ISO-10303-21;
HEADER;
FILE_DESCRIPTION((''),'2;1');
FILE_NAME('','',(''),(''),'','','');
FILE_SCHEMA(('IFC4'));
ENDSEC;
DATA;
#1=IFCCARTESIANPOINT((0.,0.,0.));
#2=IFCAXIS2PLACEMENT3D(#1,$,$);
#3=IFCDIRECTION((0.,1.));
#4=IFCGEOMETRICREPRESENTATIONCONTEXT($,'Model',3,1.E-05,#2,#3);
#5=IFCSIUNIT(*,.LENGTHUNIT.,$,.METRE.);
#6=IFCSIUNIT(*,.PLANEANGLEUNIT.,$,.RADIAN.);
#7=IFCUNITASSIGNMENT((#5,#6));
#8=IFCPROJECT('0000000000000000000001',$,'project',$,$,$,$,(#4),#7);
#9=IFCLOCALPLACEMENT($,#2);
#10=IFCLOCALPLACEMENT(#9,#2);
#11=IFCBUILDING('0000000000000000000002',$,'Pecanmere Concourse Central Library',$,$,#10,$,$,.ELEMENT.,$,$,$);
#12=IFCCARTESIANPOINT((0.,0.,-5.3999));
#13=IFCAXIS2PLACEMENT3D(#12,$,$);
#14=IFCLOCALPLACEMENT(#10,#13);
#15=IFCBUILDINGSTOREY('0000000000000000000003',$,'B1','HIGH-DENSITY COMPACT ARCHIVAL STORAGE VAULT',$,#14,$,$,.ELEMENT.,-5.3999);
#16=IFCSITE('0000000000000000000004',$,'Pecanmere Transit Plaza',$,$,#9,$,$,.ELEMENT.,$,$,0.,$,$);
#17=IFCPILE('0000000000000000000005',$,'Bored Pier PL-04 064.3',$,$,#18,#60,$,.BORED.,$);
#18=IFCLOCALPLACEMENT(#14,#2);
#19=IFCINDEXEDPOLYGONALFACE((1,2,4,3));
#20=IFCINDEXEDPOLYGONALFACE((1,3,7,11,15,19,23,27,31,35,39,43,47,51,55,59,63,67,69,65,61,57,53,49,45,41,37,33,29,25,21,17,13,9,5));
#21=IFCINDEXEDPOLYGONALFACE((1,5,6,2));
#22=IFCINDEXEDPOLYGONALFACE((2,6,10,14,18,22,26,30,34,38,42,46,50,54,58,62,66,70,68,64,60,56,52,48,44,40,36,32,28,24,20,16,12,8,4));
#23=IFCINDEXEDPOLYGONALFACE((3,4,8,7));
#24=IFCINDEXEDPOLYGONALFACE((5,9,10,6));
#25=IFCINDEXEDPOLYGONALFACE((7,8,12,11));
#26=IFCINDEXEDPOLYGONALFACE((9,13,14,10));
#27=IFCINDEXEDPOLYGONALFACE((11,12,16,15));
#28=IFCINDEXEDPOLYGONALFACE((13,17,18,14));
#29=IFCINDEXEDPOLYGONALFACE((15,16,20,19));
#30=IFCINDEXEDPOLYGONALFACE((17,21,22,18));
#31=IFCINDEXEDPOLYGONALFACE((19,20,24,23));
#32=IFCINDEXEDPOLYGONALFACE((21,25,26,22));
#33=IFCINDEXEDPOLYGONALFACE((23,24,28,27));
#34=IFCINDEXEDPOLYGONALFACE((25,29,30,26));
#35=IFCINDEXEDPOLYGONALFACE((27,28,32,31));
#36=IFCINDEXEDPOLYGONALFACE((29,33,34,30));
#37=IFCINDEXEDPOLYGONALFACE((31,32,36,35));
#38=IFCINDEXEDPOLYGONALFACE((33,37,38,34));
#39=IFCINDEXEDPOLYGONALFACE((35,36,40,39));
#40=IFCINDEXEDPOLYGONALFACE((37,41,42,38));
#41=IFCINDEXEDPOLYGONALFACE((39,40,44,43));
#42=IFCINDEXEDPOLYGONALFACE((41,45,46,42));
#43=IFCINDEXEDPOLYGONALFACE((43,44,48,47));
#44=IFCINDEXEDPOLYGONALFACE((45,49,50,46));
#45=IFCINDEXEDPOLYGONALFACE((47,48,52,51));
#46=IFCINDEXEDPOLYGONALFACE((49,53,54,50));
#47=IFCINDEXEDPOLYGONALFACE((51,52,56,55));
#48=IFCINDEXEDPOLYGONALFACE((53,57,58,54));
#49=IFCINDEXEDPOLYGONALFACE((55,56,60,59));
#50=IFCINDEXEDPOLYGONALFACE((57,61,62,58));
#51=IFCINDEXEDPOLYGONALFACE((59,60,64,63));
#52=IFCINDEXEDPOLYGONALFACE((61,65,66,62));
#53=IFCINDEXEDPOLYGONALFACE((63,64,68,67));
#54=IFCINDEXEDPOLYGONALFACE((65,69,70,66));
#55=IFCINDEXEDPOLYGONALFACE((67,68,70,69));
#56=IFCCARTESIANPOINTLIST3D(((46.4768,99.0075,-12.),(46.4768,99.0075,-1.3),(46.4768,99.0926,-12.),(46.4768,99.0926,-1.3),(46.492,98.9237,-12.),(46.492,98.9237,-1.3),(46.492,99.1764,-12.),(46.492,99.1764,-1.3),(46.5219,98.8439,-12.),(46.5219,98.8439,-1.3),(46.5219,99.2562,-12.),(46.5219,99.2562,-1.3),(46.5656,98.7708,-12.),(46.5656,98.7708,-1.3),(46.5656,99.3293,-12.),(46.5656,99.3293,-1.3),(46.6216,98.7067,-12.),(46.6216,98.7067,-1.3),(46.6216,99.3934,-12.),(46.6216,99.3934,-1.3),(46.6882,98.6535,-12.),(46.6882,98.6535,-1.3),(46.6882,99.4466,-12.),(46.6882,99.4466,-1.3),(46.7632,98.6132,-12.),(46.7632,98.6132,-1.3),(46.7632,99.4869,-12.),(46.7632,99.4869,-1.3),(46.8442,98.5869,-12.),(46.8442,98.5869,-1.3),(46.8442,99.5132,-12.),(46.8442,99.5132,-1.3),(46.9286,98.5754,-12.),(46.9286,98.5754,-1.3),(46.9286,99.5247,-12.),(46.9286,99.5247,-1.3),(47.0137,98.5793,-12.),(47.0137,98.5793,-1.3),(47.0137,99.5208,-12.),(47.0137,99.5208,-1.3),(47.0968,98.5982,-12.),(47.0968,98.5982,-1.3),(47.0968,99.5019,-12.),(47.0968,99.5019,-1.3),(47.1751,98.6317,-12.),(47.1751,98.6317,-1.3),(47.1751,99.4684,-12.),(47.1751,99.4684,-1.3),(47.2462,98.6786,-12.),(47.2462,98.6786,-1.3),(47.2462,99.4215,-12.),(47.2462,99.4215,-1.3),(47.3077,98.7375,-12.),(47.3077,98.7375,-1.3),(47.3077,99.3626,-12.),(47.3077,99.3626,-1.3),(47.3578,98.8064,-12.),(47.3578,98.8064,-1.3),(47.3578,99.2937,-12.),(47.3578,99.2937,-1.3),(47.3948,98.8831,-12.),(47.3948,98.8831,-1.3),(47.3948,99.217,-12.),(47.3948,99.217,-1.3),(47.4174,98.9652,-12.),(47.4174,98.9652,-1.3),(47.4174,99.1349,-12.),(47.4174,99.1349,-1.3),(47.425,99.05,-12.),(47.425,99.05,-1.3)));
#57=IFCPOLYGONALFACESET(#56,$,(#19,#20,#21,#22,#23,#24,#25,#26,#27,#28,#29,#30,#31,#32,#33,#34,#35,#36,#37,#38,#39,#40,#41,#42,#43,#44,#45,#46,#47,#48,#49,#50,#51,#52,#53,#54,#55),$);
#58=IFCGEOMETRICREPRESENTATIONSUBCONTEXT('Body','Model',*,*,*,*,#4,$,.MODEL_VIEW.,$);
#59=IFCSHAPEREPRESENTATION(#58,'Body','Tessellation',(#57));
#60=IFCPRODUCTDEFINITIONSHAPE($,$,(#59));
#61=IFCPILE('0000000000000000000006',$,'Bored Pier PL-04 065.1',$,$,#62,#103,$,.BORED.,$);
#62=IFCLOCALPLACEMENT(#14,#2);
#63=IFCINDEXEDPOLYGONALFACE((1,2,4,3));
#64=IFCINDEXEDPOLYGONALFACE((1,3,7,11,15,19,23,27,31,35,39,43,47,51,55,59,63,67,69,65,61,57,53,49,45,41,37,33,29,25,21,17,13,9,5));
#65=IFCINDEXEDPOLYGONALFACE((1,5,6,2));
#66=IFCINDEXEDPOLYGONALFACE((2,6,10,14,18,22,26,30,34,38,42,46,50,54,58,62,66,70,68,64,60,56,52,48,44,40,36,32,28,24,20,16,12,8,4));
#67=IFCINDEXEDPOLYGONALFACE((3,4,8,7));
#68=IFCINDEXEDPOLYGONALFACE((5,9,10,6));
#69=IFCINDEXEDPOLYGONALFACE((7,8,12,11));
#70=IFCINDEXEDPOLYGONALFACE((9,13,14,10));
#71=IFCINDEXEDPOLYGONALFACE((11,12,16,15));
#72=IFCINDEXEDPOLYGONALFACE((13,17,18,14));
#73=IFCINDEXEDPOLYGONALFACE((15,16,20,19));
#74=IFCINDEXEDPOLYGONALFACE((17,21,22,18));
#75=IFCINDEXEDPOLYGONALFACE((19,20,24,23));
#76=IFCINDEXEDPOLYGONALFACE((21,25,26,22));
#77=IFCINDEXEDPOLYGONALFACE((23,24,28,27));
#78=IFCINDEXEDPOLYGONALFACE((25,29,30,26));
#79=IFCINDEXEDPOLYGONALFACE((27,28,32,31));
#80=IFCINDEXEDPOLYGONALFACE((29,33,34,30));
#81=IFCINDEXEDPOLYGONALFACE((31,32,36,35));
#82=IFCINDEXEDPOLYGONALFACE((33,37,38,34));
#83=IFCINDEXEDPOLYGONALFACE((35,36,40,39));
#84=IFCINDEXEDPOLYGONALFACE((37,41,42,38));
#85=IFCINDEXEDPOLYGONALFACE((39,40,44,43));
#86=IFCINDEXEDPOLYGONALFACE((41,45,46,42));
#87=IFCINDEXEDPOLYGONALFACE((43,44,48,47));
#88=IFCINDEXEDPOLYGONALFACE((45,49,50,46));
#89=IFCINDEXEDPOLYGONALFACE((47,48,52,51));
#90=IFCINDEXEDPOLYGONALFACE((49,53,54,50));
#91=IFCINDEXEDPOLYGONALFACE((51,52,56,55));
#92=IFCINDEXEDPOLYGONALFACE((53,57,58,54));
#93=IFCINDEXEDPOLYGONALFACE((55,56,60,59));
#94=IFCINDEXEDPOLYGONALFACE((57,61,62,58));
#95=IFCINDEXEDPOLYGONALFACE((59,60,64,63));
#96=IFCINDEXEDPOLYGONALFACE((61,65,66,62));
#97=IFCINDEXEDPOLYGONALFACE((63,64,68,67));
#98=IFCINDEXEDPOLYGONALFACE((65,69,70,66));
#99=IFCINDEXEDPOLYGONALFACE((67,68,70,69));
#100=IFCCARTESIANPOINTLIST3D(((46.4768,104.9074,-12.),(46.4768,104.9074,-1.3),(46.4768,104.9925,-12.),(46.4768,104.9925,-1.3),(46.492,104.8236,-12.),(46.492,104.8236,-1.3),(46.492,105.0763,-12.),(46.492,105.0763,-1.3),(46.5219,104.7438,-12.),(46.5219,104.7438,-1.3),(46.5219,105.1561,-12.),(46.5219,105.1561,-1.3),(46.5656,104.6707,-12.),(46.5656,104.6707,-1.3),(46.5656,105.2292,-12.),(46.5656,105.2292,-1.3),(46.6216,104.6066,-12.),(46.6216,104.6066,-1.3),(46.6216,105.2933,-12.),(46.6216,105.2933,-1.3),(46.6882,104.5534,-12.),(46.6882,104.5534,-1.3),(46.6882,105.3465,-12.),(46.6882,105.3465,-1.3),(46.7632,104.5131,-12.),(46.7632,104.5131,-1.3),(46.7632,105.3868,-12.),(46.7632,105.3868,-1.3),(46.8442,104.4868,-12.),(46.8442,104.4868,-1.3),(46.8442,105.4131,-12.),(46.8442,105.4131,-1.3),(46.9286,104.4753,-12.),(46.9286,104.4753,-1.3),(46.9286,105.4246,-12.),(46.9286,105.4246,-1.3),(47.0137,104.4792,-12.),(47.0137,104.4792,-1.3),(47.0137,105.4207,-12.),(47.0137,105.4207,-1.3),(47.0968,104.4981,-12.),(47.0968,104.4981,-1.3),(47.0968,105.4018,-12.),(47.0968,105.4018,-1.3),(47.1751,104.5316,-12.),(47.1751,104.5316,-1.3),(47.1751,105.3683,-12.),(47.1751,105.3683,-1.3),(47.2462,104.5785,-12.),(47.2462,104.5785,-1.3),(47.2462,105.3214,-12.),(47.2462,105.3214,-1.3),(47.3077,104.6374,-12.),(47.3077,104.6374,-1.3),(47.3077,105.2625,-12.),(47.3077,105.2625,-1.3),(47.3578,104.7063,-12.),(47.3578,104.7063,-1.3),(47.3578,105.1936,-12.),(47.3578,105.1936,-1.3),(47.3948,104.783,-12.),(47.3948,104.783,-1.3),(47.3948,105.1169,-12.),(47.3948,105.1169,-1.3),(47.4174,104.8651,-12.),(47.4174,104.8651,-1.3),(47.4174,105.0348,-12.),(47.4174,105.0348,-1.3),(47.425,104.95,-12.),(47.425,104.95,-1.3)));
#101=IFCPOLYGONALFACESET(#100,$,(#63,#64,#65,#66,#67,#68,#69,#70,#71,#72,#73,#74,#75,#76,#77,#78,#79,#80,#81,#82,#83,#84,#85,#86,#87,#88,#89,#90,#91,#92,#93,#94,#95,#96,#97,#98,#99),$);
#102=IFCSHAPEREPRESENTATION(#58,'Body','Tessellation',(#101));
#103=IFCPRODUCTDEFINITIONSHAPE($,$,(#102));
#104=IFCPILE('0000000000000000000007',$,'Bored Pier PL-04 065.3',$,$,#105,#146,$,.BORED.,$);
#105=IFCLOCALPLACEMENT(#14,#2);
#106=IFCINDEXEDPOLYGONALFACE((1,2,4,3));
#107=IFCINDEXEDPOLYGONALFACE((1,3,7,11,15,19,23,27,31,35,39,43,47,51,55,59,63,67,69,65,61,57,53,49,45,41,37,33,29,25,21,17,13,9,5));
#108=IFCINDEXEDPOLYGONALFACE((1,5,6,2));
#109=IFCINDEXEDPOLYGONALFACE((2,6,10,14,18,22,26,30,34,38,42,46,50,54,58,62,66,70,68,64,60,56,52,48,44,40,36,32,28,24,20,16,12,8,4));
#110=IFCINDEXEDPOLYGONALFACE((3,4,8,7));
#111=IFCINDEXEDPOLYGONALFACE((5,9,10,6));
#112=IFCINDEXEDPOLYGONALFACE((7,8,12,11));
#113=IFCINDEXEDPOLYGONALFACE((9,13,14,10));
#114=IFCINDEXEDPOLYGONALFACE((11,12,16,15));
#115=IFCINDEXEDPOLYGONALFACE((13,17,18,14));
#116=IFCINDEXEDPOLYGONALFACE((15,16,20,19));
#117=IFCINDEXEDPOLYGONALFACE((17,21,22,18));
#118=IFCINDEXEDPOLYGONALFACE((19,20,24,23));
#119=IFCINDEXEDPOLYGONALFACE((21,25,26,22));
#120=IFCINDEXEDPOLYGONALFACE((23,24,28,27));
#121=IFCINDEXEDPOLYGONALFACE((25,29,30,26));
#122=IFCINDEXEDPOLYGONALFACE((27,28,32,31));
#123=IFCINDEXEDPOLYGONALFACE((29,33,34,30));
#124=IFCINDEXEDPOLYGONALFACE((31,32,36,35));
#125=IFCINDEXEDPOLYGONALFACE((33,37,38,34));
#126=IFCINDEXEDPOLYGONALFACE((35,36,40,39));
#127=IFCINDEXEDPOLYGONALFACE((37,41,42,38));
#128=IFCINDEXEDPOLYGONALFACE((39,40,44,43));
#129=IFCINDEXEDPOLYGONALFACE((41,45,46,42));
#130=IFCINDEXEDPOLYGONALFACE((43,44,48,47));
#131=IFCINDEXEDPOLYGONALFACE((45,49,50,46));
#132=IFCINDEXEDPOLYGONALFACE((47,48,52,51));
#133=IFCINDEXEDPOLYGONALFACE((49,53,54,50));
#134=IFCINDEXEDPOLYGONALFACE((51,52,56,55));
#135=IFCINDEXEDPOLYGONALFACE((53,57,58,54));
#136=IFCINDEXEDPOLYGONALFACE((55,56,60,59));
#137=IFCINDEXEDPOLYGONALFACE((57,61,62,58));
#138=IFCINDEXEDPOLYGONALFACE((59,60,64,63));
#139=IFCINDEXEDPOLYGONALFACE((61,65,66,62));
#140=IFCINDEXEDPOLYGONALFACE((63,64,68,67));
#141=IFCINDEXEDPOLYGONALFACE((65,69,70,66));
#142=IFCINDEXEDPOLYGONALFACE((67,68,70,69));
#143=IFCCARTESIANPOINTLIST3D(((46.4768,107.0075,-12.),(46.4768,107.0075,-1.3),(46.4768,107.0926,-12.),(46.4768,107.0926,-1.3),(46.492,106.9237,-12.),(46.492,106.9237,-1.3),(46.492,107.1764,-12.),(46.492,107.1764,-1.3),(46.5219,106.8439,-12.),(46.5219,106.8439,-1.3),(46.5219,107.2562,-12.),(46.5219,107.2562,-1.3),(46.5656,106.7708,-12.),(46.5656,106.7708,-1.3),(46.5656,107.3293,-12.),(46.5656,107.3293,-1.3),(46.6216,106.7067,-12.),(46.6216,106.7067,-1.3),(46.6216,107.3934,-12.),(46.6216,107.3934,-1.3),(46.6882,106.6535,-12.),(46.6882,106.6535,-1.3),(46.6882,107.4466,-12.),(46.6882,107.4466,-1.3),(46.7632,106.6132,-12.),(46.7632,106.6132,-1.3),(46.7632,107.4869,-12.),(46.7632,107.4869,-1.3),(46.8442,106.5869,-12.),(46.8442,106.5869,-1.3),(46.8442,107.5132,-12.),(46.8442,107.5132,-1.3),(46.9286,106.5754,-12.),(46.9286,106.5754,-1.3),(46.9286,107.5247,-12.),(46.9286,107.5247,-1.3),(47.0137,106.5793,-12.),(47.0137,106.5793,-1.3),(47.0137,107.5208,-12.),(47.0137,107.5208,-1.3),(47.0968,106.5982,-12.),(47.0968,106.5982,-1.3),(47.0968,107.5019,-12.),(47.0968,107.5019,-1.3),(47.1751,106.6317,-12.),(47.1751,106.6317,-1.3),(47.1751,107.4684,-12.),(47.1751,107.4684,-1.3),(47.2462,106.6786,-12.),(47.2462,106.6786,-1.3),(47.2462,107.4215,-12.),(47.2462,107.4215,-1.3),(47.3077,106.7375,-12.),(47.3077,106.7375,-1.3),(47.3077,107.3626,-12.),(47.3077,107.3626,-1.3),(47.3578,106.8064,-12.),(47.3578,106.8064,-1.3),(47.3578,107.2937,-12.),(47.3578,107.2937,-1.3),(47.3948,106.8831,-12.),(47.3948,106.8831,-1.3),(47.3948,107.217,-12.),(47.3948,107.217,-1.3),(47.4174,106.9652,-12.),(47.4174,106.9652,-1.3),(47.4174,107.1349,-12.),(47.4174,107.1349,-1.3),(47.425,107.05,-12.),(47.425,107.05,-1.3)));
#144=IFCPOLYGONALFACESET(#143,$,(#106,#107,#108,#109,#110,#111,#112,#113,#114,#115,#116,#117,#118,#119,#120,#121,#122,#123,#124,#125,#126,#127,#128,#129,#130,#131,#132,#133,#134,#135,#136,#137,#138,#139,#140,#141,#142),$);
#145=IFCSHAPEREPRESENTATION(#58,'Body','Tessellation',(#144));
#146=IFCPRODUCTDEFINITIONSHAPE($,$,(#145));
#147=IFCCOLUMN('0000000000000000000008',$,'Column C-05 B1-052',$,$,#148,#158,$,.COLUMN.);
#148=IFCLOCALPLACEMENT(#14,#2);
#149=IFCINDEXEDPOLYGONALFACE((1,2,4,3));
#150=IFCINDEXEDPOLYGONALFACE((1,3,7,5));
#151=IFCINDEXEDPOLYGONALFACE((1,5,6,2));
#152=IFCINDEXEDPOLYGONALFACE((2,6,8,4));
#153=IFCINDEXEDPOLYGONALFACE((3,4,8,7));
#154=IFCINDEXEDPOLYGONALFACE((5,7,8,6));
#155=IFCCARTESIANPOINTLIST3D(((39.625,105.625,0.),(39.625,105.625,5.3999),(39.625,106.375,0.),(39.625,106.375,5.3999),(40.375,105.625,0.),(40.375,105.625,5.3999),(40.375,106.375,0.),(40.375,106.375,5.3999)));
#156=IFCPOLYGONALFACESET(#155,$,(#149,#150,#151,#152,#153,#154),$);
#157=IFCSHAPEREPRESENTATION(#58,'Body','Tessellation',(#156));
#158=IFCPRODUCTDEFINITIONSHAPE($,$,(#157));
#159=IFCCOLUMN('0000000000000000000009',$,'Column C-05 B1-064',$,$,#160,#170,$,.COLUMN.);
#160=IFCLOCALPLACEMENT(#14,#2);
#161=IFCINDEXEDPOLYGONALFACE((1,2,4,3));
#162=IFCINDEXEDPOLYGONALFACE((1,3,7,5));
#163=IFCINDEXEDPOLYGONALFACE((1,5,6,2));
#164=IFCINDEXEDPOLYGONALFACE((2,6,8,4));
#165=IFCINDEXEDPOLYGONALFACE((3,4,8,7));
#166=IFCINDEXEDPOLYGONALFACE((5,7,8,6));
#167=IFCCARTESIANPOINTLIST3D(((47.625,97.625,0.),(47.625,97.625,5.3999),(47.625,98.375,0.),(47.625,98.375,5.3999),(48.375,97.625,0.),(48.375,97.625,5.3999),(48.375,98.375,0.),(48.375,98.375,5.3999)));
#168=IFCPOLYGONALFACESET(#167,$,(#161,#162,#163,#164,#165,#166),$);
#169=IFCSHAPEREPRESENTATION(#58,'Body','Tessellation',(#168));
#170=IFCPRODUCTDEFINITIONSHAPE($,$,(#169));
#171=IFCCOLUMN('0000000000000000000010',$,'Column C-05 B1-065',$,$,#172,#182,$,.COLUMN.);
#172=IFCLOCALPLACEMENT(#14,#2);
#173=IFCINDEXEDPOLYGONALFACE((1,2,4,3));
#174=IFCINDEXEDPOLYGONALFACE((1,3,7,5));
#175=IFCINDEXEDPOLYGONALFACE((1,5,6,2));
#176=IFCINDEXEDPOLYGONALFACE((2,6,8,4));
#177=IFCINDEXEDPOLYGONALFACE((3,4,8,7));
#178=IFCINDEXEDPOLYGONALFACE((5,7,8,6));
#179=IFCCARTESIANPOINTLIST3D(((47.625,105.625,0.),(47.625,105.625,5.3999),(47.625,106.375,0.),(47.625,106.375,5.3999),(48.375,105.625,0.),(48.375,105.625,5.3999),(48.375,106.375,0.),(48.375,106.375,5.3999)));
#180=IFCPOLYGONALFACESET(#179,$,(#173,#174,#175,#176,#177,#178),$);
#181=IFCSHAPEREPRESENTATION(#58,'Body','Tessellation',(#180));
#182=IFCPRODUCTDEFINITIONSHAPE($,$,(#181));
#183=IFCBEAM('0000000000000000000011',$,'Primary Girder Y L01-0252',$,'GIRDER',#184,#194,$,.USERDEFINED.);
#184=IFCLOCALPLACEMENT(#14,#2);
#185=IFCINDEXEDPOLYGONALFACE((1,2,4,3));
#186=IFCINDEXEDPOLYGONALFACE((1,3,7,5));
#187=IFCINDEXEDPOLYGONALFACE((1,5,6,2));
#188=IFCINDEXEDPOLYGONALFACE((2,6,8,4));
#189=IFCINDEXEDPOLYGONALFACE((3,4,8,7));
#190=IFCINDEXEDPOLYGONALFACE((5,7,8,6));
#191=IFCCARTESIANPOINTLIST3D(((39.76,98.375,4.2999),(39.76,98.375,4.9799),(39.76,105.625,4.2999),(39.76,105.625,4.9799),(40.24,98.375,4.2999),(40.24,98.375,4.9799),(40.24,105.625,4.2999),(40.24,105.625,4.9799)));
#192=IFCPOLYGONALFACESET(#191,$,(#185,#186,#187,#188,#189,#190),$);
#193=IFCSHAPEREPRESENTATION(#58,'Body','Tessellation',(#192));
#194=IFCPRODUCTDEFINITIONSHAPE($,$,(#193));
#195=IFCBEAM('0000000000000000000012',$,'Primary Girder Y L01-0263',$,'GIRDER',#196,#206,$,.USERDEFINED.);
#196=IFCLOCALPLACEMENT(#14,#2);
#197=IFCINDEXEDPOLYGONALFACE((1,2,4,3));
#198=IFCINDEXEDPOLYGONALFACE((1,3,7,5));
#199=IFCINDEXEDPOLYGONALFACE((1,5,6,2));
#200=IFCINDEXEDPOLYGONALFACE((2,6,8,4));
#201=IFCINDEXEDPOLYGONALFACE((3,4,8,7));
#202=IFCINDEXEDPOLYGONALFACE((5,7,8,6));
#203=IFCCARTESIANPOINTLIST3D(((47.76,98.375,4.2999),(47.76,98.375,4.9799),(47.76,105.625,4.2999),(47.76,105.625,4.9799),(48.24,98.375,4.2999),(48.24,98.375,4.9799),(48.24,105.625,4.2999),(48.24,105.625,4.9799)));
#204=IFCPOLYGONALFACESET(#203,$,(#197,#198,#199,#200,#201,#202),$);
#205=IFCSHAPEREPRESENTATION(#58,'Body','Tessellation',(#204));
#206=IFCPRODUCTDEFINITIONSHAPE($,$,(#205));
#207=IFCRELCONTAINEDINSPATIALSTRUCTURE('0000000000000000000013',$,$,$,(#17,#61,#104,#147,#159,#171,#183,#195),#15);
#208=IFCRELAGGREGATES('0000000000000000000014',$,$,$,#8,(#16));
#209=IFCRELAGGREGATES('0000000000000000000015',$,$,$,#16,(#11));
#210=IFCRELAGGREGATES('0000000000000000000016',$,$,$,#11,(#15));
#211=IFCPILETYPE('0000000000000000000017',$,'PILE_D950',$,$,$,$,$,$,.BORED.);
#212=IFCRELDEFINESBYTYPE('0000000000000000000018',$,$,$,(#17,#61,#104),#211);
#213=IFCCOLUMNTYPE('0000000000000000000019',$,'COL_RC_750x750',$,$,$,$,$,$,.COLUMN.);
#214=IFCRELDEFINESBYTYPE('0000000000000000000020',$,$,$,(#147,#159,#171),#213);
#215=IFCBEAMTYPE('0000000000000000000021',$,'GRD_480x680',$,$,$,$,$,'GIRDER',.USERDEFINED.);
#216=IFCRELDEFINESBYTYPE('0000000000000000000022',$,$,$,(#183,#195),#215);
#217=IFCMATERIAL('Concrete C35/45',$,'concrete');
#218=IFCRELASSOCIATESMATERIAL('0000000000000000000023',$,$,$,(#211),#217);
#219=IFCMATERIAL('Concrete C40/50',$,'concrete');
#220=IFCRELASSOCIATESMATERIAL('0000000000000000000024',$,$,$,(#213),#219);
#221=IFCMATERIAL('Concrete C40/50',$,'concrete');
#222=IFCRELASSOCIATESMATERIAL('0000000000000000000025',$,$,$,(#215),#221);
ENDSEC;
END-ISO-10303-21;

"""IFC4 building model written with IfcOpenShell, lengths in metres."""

from ifc_helpers import new_model, si_unit, direction, frame, origin, origin_2d, place, context, subcontext, project, spatial, rectangle, circle, extrude, material, material_profile, profile_set, type_object, element, save


model = new_model("IFC4")

# Units and contexts
model_context = context("Model", 3, precision=1e-05, world=origin(), true_north=direction((0.0, 1.0)))
body_context = subcontext(model_context, "Body", "Model", "MODEL_VIEW")
ifc_project = project(units=[si_unit("LENGTHUNIT", "METRE"), si_unit("PLANEANGLEUNIT", "RADIAN")], contexts=[model_context])

# Site, building, storey
site_placement = place(None, origin())
site = spatial("IfcSite", under=ifc_project, at=site_placement, Name="Pecanmere Transit Plaza", CompositionType="ELEMENT", RefElevation=0.0)
building_placement = place(site_placement, origin())
building = spatial("IfcBuilding", under=site, at=building_placement, Name="Pecanmere Concourse Central Library", CompositionType="ELEMENT")
storey_placement = place(building_placement, frame((0.0, 0.0, -5.3999)))
storey = spatial("IfcBuildingStorey", under=building, at=storey_placement, Name="B1", Description="HIGH-DENSITY COMPACT ARCHIVAL STORAGE VAULT", CompositionType="ELEMENT", Elevation=-5.3999)

# Piles
ifc_material_1 = material(Name="Concrete C35/45", Category="concrete")
ifc_material_profile_1 = material_profile(ifc_material_1, circle(Radius=0.4751, at=origin_2d()), Name="PIER D950")
ifc_profile_set_1 = profile_set([ifc_material_profile_1], Name="Concrete C35/45")
pile_type = type_object("IfcPileType", Name="PILE_D950", PredefinedType="BORED", material=ifc_profile_set_1)
for number, where, z_axis, x_axis, name in (
    (1, (46.95, 99.05, -1.3), (0.0, 0.0, -1.0), (1.0, 0.0, 0.0), "Bored Pier PL-04 064.3"),
    (2, (46.95, 104.95, -1.3), (0.0, 0.0, -1.0), (1.0, 0.0, 0.0), "Bored Pier PL-04 065.1"),
    (3, (46.95, 107.05, -1.3), (0.0, 0.0, -1.0), (1.0, 0.0, 0.0), "Bored Pier PL-04 065.3"),
):
    element("IfcPile", number, at=place(storey_placement, frame(where, z_axis=z_axis, x_axis=x_axis)), inside=storey, type_object=pile_type, Name=name, PredefinedType="BORED", context=body_context, shape_type="SweptSolid", body=[
        extrude(circle(Radius=0.4751, at=origin_2d()), origin(), (0.0, 0.0, 1.0), 10.7),
    ])

# Columns
ifc_material_2 = material(Name="Concrete C40/50", Category="concrete")
ifc_material_profile_2 = material_profile(ifc_material_2, rectangle(XDim=0.75, YDim=0.75, at=origin_2d()), Name="RC 750x750")
ifc_profile_set_2 = profile_set([ifc_material_profile_2], Name="Concrete C40/50")
column_type = type_object("IfcColumnType", Name="COL_RC_750x750", PredefinedType="COLUMN", material=ifc_profile_set_2)
for number, where, z_axis, x_axis, name in (
    (4, (40.0, 106.0, 0.0), (0.0, 0.0, 1.0), (1.0, 0.0, 0.0), "Column C-05 B1-052"),
    (5, (48.0, 98.0, 0.0), (0.0, 0.0, 1.0), (1.0, 0.0, 0.0), "Column C-05 B1-064"),
    (6, (48.0, 106.0, 0.0), (0.0, 0.0, 1.0), (1.0, 0.0, 0.0), "Column C-05 B1-065"),
):
    element("IfcColumn", number, at=place(storey_placement, frame(where, z_axis=z_axis, x_axis=x_axis)), inside=storey, type_object=column_type, Name=name, PredefinedType="COLUMN", context=body_context, shape_type="SweptSolid", body=[
        extrude(rectangle(XDim=0.75, YDim=0.75, at=origin_2d()), origin(), (0.0, 0.0, 1.0), 5.3999),
    ])

# Beams
ifc_material_3 = material(Name="Concrete C40/50", Category="concrete")
ifc_material_profile_3 = material_profile(ifc_material_3, rectangle(XDim=0.48, YDim=0.6799, at=origin_2d()), Name="RC 480x680")
ifc_profile_set_3 = profile_set([ifc_material_profile_3], Name="Concrete C40/50")
beam_type_1 = type_object("IfcBeamType", Name="GRD_480x680", ElementType="GIRDER", PredefinedType="USERDEFINED", material=ifc_profile_set_3)
for number, where, z_axis, x_axis, name in (
    (7, (40.0, 98.375, 4.6399), (0.0, 1.0, 0.0), (-1.0, 0.0, 0.0), "Primary Girder Y L01-0252"),
    (8, (48.0, 98.375, 4.6399), (0.0, 1.0, 0.0), (-1.0, 0.0, 0.0), "Primary Girder Y L01-0263"),
):
    element("IfcBeam", number, at=place(storey_placement, frame(where, z_axis=z_axis, x_axis=x_axis)), inside=storey, type_object=beam_type_1, Name=name, ObjectType="GIRDER", PredefinedType="USERDEFINED", context=body_context, shape_type="SweptSolid", body=[
        extrude(rectangle(XDim=0.48, YDim=0.6799, at=origin_2d()), origin(), (0.0, 0.0, 1.0), 7.25),
    ])

save(model, "model.ifc")
